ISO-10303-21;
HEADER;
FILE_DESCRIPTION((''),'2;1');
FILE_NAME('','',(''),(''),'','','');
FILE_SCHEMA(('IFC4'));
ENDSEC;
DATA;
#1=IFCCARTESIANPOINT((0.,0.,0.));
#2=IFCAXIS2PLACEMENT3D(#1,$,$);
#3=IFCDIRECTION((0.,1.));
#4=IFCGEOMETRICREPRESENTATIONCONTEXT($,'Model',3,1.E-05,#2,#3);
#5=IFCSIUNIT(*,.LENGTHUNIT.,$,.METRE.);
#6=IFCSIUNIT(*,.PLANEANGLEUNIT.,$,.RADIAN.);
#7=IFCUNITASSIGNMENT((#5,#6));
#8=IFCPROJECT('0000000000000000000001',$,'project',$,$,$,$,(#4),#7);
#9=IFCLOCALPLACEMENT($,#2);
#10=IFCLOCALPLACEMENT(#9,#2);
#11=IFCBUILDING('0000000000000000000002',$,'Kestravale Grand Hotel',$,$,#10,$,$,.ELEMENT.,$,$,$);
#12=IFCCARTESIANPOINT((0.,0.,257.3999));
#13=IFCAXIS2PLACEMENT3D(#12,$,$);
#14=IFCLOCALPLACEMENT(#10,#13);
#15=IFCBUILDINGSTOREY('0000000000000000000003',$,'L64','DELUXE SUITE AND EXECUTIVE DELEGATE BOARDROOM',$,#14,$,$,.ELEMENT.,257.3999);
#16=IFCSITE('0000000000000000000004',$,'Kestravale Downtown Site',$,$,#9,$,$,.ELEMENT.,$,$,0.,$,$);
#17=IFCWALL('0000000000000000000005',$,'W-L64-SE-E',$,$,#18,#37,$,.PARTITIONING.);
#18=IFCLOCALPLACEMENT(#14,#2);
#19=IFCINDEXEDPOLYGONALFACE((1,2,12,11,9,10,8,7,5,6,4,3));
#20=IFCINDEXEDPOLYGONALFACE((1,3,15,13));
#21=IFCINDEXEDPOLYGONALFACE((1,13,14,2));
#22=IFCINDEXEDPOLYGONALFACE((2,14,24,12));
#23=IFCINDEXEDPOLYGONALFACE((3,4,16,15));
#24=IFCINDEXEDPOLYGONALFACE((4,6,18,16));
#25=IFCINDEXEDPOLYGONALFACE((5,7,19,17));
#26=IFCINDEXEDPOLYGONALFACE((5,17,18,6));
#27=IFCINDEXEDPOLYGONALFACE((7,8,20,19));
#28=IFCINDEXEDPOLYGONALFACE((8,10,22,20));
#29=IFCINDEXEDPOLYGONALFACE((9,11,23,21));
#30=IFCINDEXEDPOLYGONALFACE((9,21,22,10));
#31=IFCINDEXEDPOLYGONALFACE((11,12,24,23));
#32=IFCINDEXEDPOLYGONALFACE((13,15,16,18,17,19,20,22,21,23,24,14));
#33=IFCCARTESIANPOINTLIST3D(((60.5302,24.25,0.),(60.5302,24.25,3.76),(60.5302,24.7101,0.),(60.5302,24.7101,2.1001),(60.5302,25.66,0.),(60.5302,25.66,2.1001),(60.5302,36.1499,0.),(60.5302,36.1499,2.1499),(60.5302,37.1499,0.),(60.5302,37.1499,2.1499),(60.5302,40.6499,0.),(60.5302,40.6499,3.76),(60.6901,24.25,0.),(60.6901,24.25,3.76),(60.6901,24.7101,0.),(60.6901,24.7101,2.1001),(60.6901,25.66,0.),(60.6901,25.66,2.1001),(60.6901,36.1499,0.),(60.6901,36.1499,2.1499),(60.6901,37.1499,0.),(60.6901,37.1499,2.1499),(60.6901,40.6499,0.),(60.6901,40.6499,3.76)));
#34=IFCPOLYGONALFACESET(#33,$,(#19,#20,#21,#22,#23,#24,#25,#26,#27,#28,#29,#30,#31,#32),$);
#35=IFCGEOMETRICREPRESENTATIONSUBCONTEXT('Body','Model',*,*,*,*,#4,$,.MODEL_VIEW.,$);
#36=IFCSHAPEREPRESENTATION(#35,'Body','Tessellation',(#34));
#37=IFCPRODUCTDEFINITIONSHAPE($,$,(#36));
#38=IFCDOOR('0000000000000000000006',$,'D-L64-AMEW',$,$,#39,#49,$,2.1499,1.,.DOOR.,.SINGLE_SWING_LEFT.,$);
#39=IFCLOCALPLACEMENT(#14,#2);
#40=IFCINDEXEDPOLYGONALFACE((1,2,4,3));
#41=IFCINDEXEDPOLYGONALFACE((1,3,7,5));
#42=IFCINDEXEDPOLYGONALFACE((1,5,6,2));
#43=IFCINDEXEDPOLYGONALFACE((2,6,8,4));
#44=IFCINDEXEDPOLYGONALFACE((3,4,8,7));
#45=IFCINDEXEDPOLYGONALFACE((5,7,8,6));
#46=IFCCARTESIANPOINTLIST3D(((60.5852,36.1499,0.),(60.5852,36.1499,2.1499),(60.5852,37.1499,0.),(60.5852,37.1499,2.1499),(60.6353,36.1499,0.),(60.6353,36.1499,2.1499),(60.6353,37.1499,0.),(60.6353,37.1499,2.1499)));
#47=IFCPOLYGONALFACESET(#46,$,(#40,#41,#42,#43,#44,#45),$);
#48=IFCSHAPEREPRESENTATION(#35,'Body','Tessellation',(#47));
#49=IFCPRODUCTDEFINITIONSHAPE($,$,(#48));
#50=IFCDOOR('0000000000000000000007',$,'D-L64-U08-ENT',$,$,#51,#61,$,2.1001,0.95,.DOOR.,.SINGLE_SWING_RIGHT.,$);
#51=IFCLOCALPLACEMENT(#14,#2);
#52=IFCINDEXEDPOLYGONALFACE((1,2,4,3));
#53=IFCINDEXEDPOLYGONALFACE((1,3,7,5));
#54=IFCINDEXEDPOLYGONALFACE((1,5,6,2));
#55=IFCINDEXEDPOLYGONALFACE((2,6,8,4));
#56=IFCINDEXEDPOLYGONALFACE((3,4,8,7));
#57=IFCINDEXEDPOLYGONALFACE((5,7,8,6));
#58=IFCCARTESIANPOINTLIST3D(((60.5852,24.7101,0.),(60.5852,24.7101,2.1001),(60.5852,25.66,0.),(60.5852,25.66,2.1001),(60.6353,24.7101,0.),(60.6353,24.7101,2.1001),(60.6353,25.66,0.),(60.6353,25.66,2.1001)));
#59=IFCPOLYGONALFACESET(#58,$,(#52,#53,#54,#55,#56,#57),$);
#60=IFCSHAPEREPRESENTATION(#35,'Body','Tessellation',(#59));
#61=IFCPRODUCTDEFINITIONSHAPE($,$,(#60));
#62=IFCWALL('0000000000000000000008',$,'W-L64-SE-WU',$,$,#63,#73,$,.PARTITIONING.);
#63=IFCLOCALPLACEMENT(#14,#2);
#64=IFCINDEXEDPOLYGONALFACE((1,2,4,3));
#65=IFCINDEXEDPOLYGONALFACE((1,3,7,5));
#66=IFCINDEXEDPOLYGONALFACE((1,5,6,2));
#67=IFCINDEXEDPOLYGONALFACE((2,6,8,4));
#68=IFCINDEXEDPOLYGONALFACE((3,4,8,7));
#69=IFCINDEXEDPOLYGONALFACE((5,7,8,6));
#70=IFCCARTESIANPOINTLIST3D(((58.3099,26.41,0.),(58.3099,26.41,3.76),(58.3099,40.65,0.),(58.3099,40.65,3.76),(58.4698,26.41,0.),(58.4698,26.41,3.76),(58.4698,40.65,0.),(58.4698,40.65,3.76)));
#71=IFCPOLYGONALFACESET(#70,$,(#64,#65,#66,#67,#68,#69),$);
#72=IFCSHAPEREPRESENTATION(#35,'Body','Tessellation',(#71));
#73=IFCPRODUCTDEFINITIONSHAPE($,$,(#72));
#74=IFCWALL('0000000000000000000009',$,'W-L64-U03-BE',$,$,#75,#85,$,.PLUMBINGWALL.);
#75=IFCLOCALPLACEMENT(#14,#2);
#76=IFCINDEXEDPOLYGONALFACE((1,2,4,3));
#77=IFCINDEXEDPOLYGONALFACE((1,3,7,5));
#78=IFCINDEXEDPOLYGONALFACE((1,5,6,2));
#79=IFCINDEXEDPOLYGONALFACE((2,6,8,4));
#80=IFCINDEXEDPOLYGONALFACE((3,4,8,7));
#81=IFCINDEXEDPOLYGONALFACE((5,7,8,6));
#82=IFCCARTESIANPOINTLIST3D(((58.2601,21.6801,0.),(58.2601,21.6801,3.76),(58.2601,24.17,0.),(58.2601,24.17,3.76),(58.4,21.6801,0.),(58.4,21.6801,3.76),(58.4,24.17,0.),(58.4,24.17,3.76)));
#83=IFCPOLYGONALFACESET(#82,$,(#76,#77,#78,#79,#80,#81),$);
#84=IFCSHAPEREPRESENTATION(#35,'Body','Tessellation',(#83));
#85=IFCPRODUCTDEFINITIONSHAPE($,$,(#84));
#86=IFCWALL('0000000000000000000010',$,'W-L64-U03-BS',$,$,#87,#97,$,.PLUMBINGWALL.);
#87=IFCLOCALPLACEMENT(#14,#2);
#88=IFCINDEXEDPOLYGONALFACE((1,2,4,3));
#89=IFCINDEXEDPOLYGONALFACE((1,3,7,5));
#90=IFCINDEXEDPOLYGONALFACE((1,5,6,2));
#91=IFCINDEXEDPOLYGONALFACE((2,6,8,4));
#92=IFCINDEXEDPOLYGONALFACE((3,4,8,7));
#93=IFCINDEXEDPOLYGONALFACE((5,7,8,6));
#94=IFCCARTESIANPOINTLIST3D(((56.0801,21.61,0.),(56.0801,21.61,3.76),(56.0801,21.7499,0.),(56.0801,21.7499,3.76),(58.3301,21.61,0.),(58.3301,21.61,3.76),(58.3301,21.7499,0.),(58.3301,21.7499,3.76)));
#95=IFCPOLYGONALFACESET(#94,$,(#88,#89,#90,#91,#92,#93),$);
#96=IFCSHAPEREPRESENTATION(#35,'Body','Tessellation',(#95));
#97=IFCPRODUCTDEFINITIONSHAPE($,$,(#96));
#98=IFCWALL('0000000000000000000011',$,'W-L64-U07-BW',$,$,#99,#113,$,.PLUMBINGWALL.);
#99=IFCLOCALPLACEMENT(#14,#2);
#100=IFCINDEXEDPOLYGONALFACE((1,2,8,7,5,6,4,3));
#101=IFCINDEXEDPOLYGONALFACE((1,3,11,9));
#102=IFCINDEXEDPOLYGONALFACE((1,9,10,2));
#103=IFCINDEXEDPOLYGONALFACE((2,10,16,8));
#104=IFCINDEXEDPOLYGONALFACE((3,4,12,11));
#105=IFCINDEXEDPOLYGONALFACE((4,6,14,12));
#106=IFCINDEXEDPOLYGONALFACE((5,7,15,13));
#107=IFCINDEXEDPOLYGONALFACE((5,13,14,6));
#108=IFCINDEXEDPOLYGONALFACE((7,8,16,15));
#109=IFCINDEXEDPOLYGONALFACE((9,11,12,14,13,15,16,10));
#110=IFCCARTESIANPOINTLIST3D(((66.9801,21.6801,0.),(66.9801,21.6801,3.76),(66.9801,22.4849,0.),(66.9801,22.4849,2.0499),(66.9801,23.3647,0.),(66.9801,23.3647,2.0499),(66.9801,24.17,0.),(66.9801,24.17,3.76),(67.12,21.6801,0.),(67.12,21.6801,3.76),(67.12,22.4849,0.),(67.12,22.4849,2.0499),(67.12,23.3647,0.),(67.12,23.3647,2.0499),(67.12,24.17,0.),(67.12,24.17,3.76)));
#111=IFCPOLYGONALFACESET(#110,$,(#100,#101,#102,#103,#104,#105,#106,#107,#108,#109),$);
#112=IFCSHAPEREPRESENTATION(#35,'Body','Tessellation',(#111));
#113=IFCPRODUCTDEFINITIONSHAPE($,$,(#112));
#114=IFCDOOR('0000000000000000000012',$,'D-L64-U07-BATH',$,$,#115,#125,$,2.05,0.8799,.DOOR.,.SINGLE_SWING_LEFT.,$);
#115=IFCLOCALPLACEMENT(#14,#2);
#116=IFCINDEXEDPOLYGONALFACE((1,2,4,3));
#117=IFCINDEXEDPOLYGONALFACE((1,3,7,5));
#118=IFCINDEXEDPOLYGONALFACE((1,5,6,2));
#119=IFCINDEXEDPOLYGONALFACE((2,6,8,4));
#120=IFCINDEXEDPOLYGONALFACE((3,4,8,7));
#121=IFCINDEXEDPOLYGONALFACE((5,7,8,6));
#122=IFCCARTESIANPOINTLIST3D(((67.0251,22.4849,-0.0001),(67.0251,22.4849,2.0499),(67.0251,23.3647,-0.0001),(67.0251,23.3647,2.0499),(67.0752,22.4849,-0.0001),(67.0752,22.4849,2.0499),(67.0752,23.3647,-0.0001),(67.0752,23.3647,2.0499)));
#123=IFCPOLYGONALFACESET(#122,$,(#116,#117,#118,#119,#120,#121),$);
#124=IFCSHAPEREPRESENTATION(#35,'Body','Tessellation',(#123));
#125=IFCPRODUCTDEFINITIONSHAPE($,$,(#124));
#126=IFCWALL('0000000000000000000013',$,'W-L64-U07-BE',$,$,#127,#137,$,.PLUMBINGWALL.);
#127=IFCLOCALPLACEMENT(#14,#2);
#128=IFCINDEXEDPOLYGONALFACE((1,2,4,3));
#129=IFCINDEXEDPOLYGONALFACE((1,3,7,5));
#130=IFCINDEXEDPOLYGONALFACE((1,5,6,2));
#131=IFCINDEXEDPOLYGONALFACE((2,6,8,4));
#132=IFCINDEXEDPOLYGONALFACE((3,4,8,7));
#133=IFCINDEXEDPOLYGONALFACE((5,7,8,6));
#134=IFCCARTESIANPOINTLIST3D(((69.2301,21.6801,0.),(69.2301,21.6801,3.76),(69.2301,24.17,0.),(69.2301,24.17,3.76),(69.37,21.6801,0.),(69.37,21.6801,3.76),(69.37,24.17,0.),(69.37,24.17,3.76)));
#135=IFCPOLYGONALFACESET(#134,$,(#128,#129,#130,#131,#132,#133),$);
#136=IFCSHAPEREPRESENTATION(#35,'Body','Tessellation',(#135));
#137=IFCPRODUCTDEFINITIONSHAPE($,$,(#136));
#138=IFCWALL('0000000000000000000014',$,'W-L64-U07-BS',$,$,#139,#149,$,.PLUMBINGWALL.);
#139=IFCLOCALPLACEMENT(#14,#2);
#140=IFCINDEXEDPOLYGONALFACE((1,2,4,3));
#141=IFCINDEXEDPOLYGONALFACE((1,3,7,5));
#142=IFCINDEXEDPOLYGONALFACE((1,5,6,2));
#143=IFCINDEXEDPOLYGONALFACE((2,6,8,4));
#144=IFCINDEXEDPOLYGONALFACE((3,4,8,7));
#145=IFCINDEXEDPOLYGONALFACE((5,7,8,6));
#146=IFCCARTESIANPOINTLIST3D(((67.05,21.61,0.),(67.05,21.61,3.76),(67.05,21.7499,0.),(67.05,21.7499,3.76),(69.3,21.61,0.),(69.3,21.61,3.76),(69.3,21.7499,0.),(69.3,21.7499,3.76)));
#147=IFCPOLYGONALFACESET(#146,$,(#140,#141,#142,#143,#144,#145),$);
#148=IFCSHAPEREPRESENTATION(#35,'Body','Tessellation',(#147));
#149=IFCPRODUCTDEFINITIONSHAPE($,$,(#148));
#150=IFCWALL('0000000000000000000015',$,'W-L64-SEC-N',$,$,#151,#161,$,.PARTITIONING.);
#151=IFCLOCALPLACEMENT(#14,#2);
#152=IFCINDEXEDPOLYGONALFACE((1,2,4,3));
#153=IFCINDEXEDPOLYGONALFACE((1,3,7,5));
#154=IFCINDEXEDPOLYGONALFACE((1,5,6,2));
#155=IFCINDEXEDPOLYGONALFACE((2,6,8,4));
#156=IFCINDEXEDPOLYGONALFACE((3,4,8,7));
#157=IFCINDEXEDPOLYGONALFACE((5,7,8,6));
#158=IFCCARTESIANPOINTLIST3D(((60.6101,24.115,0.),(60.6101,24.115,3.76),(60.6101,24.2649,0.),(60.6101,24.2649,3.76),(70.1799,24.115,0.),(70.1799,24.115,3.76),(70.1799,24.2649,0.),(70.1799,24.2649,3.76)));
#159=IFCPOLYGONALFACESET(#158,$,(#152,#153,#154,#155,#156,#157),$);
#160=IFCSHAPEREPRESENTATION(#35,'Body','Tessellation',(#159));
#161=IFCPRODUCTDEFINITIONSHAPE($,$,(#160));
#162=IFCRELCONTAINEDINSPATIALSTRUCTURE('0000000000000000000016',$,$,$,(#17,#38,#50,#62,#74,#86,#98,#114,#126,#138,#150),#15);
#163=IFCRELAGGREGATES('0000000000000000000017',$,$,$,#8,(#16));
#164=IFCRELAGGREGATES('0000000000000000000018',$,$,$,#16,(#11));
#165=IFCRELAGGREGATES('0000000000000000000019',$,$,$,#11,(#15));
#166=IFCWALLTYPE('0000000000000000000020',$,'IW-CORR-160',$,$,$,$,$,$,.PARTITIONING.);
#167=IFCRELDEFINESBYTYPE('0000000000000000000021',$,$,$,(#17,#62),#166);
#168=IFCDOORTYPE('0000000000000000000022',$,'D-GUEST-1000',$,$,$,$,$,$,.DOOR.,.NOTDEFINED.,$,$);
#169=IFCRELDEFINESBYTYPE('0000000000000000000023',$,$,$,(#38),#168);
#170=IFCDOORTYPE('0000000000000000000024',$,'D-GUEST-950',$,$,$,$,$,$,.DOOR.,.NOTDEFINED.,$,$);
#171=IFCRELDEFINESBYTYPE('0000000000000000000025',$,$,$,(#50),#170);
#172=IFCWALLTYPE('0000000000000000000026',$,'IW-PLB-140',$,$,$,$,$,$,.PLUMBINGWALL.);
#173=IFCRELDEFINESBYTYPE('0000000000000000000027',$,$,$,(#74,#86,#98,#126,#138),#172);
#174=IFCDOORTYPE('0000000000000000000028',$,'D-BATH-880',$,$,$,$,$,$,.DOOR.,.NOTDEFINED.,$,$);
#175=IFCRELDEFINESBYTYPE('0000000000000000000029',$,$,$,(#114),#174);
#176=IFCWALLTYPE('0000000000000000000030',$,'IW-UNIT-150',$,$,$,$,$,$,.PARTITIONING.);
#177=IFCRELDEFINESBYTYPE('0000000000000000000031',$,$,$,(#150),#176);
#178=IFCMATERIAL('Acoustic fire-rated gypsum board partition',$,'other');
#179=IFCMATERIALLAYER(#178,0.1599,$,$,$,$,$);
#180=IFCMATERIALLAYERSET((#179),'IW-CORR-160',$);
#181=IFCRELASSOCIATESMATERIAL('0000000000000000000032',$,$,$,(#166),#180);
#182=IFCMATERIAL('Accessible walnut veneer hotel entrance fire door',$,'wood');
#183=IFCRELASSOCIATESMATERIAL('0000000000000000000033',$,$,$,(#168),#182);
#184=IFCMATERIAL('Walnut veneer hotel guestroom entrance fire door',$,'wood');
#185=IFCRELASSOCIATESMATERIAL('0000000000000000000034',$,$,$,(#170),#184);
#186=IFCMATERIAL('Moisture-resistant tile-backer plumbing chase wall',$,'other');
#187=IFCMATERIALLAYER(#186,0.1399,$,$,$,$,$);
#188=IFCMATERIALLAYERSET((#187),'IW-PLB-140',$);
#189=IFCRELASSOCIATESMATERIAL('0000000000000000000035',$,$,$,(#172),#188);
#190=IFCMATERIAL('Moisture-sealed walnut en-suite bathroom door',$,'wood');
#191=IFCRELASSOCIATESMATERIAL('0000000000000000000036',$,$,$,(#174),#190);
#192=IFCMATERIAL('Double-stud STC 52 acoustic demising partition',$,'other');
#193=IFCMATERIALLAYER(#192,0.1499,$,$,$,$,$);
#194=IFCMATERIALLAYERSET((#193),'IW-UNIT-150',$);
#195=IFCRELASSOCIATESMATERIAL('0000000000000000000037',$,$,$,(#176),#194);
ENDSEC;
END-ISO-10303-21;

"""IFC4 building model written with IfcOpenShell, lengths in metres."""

from ifc_helpers import new_model, si_unit, direction, frame, frame_2d, origin, place, context, subcontext, project, spatial, rectangle, extrude, material, layer, layer_set, type_object, element, fill, save


model = new_model("IFC4")

# Units and contexts
model_context = context("Model", 3, precision=1e-05, world=origin(), true_north=direction((0.0, 1.0)))
body_context = subcontext(model_context, "Body", "Model", "MODEL_VIEW")
ifc_project = project(units=[si_unit("LENGTHUNIT", "METRE"), si_unit("PLANEANGLEUNIT", "RADIAN")], contexts=[model_context])

# Site, building, storey
site_placement = place(None, origin())
site = spatial("IfcSite", under=ifc_project, at=site_placement, Name="Kestravale Downtown Site", CompositionType="ELEMENT", RefElevation=0.0)
building_placement = place(site_placement, origin())
building = spatial("IfcBuilding", under=site, at=building_placement, Name="Kestravale Grand Hotel", CompositionType="ELEMENT")
storey_placement = place(building_placement, frame((0.0, 0.0, 257.3999)))
storey = spatial("IfcBuildingStorey", under=building, at=storey_placement, Name="L64", Description="DELUXE SUITE AND EXECUTIVE DELEGATE BOARDROOM", CompositionType="ELEMENT", Elevation=257.3999)

# Shared definitions
ifc_material_1 = material(Name="Acoustic fire-rated gypsum board partition", Category="other")
ifc_layer_1 = layer(ifc_material_1, 0.1599)
ifc_layer_set_1 = layer_set([ifc_layer_1], Name="IW-CORR-160")
wall_type_1 = type_object("IfcWallType", Name="IW-CORR-160", PredefinedType="PARTITIONING", material=ifc_layer_set_1)

# Wall, openings, doors
wall_1_placement = place(storey_placement, frame((60.6101, 24.25, 0.0), z_axis=(0.0, 0.0, 1.0), x_axis=(0.0, 1.0, 0.0)))
wall_1 = element("IfcWall", 1, at=wall_1_placement, inside=storey, type_object=wall_type_1, Name="W-L64-SE-E", PredefinedType="PARTITIONING", context=body_context, shape_type="SweptSolid", body=[
    extrude(rectangle(XDim=16.3999, YDim=0.1599, at=frame_2d((8.2, 0.0))), origin(), (0.0, 0.0, 1.0), 3.76),
])
opening_1_placement = place(wall_1_placement, frame((0.46, 0.0, 0.0)))
opening_1 = element("IfcOpeningElement", 2, at=opening_1_placement, cuts=wall_1, PredefinedType="OPENING", context=body_context, shape_type="SweptSolid", body=[
    extrude(rectangle(XDim=0.95, YDim=2.1001, at=frame_2d((0.4751, 1.05))), frame((0.0, 0.0898, 0.0), z_axis=(0.0, -1.0, 0.0), x_axis=(1.0, 0.0, 0.0)), (0.0, 0.0, 1.0), 0.1799),
])
opening_2_placement = place(wall_1_placement, frame((11.8999, 0.0, 0.0)))
opening_2 = element("IfcOpeningElement", 3, at=opening_2_placement, cuts=wall_1, PredefinedType="OPENING", context=body_context, shape_type="SweptSolid", body=[
    extrude(rectangle(XDim=1.0, YDim=2.1499, at=frame_2d((0.5, 1.075))), frame((0.0, 0.0898, 0.0), z_axis=(0.0, -1.0, 0.0), x_axis=(1.0, 0.0, 0.0)), (0.0, 0.0, 1.0), 0.1799),
])
ifc_material_2 = material(Name="Accessible walnut veneer hotel entrance fire door", Category="wood")
door_type_1 = type_object("IfcDoorType", Name="D-GUEST-1000", OperationType="NOTDEFINED", PredefinedType="DOOR", material=ifc_material_2)
door_1_placement = place(opening_2_placement, origin())
door_1 = element("IfcDoor", 4, at=door_1_placement, inside=storey, type_object=door_type_1, Name="D-L64-AMEW", OperationType="SINGLE_SWING_LEFT", OverallHeight=2.1499, OverallWidth=1.0, PredefinedType="DOOR", context=body_context, shape_type="SweptSolid", body=[
    extrude(rectangle(XDim=1.0, YDim=2.1499, at=frame_2d((0.5, 1.075))), frame((0.0, 0.0249, 0.0), z_axis=(0.0, -1.0, 0.0), x_axis=(1.0, 0.0, 0.0)), (0.0, 0.0, 1.0), 0.05),
])
fill(opening_2, door_1)
ifc_material_3 = material(Name="Walnut veneer hotel guestroom entrance fire door", Category="wood")
door_type_2 = type_object("IfcDoorType", Name="D-GUEST-950", OperationType="NOTDEFINED", PredefinedType="DOOR", material=ifc_material_3)
door_2_placement = place(opening_1_placement, origin())
door_2 = element("IfcDoor", 5, at=door_2_placement, inside=storey, type_object=door_type_2, Name="D-L64-U08-ENT", OperationType="SINGLE_SWING_RIGHT", OverallHeight=2.1001, OverallWidth=0.95, PredefinedType="DOOR", context=body_context, shape_type="SweptSolid", body=[
    extrude(rectangle(XDim=0.95, YDim=2.1001, at=frame_2d((0.4751, 1.05))), frame((0.0, 0.0249, 0.0), z_axis=(0.0, -1.0, 0.0), x_axis=(1.0, 0.0, 0.0)), (0.0, 0.0, 1.0), 0.05),
])
fill(opening_1, door_2)

# Walls
wall_2_placement = place(storey_placement, frame((58.3899, 26.4099, 0.0), z_axis=(0.0, 0.0, 1.0), x_axis=(0.0, 1.0, 0.0)))
element("IfcWall", 6, at=wall_2_placement, inside=storey, type_object=wall_type_1, Name="W-L64-SE-WU", PredefinedType="PARTITIONING", context=body_context, shape_type="SweptSolid", body=[
    extrude(rectangle(XDim=14.24, YDim=0.1599, at=frame_2d((7.1201, 0.0))), origin(), (0.0, 0.0, 1.0), 3.76),
])
ifc_material_4 = material(Name="Moisture-resistant tile-backer plumbing chase wall", Category="other")
ifc_layer_2 = layer(ifc_material_4, 0.1399)
ifc_layer_set_2 = layer_set([ifc_layer_2], Name="IW-PLB-140")
wall_type_2 = type_object("IfcWallType", Name="IW-PLB-140", PredefinedType="PLUMBINGWALL", material=ifc_layer_set_2)
wall_3_placement = place(storey_placement, frame((58.3301, 21.6799, 0.0), z_axis=(0.0, 0.0, 1.0), x_axis=(0.0, 1.0, 0.0)))
element("IfcWall", 7, at=wall_3_placement, inside=storey, type_object=wall_type_2, Name="W-L64-U03-BE", PredefinedType="PLUMBINGWALL", context=body_context, shape_type="SweptSolid", body=[
    extrude(rectangle(XDim=2.49, YDim=0.1399, at=frame_2d((1.2451, 0.0))), origin(), (0.0, 0.0, 1.0), 3.76),
])
wall_4_placement = place(storey_placement, frame((56.0801, 21.6799, 0.0), z_axis=(0.0, 0.0, 1.0), x_axis=(1.0, 0.0, 0.0)))
element("IfcWall", 8, at=wall_4_placement, inside=storey, type_object=wall_type_2, Name="W-L64-U03-BS", PredefinedType="PLUMBINGWALL", context=body_context, shape_type="SweptSolid", body=[
    extrude(rectangle(XDim=2.25, YDim=0.1399, at=frame_2d((1.125, 0.0))), origin(), (0.0, 0.0, 1.0), 3.76),
])

# Wall, opening, door
wall_5_placement = place(storey_placement, frame((67.05, 21.6799, 0.0), z_axis=(0.0, 0.0, 1.0), x_axis=(0.0, 1.0, 0.0)))
wall_5 = element("IfcWall", 9, at=wall_5_placement, inside=storey, type_object=wall_type_2, Name="W-L64-U07-BW", PredefinedType="PLUMBINGWALL", context=body_context, shape_type="SweptSolid", body=[
    extrude(rectangle(XDim=2.49, YDim=0.1399, at=frame_2d((1.2451, 0.0))), origin(), (0.0, 0.0, 1.0), 3.76),
])
opening_3_placement = place(wall_5_placement, frame((0.8049, 0.0, 0.0)))
opening_3 = element("IfcOpeningElement", 10, at=opening_3_placement, cuts=wall_5, PredefinedType="OPENING", context=body_context, shape_type="SweptSolid", body=[
    extrude(rectangle(XDim=0.8799, YDim=2.05, at=frame_2d((0.4399, 1.0249))), frame((0.0, 0.0798, 0.0), z_axis=(0.0, -1.0, 0.0), x_axis=(1.0, 0.0, 0.0)), (0.0, 0.0, 1.0), 0.1599),
])
ifc_material_5 = material(Name="Moisture-sealed walnut en-suite bathroom door", Category="wood")
door_type_3 = type_object("IfcDoorType", Name="D-BATH-880", OperationType="NOTDEFINED", PredefinedType="DOOR", material=ifc_material_5)
door_3_placement = place(opening_3_placement, origin())
door_3 = element("IfcDoor", 11, at=door_3_placement, inside=storey, type_object=door_type_3, Name="D-L64-U07-BATH", OperationType="SINGLE_SWING_LEFT", OverallHeight=2.05, OverallWidth=0.8799, PredefinedType="DOOR", context=body_context, shape_type="SweptSolid", body=[
    extrude(rectangle(XDim=0.8799, YDim=2.05, at=frame_2d((0.4399, 1.0249))), frame((0.0, 0.0249, 0.0), z_axis=(0.0, -1.0, 0.0), x_axis=(1.0, 0.0, 0.0)), (0.0, 0.0, 1.0), 0.05),
])
fill(opening_3, door_3)

# Walls
wall_6_placement = place(storey_placement, frame((69.3, 21.6799, 0.0), z_axis=(0.0, 0.0, 1.0), x_axis=(0.0, 1.0, 0.0)))
element("IfcWall", 12, at=wall_6_placement, inside=storey, type_object=wall_type_2, Name="W-L64-U07-BE", PredefinedType="PLUMBINGWALL", context=body_context, shape_type="SweptSolid", body=[
    extrude(rectangle(XDim=2.49, YDim=0.1399, at=frame_2d((1.2451, 0.0))), origin(), (0.0, 0.0, 1.0), 3.76),
])
wall_7_placement = place(storey_placement, frame((67.05, 21.6799, 0.0), z_axis=(0.0, 0.0, 1.0), x_axis=(1.0, 0.0, 0.0)))
element("IfcWall", 13, at=wall_7_placement, inside=storey, type_object=wall_type_2, Name="W-L64-U07-BS", PredefinedType="PLUMBINGWALL", context=body_context, shape_type="SweptSolid", body=[
    extrude(rectangle(XDim=2.25, YDim=0.1399, at=frame_2d((1.125, 0.0))), origin(), (0.0, 0.0, 1.0), 3.76),
])
ifc_material_6 = material(Name="Double-stud STC 52 acoustic demising partition", Category="other")
ifc_layer_3 = layer(ifc_material_6, 0.1499)
ifc_layer_set_3 = layer_set([ifc_layer_3], Name="IW-UNIT-150")
wall_type_3 = type_object("IfcWallType", Name="IW-UNIT-150", PredefinedType="PARTITIONING", material=ifc_layer_set_3)
wall_8_placement = place(storey_placement, frame((60.6101, 24.1899, 0.0), z_axis=(0.0, 0.0, 1.0), x_axis=(1.0, 0.0, 0.0)))
element("IfcWall", 14, at=wall_8_placement, inside=storey, type_object=wall_type_3, Name="W-L64-SEC-N", PredefinedType="PARTITIONING", context=body_context, shape_type="SweptSolid", body=[
    extrude(rectangle(XDim=9.5698, YDim=0.1499, at=frame_2d((4.7849, 0.0))), origin(), (0.0, 0.0, 1.0), 3.76),
])

save(model, "model.ifc")
